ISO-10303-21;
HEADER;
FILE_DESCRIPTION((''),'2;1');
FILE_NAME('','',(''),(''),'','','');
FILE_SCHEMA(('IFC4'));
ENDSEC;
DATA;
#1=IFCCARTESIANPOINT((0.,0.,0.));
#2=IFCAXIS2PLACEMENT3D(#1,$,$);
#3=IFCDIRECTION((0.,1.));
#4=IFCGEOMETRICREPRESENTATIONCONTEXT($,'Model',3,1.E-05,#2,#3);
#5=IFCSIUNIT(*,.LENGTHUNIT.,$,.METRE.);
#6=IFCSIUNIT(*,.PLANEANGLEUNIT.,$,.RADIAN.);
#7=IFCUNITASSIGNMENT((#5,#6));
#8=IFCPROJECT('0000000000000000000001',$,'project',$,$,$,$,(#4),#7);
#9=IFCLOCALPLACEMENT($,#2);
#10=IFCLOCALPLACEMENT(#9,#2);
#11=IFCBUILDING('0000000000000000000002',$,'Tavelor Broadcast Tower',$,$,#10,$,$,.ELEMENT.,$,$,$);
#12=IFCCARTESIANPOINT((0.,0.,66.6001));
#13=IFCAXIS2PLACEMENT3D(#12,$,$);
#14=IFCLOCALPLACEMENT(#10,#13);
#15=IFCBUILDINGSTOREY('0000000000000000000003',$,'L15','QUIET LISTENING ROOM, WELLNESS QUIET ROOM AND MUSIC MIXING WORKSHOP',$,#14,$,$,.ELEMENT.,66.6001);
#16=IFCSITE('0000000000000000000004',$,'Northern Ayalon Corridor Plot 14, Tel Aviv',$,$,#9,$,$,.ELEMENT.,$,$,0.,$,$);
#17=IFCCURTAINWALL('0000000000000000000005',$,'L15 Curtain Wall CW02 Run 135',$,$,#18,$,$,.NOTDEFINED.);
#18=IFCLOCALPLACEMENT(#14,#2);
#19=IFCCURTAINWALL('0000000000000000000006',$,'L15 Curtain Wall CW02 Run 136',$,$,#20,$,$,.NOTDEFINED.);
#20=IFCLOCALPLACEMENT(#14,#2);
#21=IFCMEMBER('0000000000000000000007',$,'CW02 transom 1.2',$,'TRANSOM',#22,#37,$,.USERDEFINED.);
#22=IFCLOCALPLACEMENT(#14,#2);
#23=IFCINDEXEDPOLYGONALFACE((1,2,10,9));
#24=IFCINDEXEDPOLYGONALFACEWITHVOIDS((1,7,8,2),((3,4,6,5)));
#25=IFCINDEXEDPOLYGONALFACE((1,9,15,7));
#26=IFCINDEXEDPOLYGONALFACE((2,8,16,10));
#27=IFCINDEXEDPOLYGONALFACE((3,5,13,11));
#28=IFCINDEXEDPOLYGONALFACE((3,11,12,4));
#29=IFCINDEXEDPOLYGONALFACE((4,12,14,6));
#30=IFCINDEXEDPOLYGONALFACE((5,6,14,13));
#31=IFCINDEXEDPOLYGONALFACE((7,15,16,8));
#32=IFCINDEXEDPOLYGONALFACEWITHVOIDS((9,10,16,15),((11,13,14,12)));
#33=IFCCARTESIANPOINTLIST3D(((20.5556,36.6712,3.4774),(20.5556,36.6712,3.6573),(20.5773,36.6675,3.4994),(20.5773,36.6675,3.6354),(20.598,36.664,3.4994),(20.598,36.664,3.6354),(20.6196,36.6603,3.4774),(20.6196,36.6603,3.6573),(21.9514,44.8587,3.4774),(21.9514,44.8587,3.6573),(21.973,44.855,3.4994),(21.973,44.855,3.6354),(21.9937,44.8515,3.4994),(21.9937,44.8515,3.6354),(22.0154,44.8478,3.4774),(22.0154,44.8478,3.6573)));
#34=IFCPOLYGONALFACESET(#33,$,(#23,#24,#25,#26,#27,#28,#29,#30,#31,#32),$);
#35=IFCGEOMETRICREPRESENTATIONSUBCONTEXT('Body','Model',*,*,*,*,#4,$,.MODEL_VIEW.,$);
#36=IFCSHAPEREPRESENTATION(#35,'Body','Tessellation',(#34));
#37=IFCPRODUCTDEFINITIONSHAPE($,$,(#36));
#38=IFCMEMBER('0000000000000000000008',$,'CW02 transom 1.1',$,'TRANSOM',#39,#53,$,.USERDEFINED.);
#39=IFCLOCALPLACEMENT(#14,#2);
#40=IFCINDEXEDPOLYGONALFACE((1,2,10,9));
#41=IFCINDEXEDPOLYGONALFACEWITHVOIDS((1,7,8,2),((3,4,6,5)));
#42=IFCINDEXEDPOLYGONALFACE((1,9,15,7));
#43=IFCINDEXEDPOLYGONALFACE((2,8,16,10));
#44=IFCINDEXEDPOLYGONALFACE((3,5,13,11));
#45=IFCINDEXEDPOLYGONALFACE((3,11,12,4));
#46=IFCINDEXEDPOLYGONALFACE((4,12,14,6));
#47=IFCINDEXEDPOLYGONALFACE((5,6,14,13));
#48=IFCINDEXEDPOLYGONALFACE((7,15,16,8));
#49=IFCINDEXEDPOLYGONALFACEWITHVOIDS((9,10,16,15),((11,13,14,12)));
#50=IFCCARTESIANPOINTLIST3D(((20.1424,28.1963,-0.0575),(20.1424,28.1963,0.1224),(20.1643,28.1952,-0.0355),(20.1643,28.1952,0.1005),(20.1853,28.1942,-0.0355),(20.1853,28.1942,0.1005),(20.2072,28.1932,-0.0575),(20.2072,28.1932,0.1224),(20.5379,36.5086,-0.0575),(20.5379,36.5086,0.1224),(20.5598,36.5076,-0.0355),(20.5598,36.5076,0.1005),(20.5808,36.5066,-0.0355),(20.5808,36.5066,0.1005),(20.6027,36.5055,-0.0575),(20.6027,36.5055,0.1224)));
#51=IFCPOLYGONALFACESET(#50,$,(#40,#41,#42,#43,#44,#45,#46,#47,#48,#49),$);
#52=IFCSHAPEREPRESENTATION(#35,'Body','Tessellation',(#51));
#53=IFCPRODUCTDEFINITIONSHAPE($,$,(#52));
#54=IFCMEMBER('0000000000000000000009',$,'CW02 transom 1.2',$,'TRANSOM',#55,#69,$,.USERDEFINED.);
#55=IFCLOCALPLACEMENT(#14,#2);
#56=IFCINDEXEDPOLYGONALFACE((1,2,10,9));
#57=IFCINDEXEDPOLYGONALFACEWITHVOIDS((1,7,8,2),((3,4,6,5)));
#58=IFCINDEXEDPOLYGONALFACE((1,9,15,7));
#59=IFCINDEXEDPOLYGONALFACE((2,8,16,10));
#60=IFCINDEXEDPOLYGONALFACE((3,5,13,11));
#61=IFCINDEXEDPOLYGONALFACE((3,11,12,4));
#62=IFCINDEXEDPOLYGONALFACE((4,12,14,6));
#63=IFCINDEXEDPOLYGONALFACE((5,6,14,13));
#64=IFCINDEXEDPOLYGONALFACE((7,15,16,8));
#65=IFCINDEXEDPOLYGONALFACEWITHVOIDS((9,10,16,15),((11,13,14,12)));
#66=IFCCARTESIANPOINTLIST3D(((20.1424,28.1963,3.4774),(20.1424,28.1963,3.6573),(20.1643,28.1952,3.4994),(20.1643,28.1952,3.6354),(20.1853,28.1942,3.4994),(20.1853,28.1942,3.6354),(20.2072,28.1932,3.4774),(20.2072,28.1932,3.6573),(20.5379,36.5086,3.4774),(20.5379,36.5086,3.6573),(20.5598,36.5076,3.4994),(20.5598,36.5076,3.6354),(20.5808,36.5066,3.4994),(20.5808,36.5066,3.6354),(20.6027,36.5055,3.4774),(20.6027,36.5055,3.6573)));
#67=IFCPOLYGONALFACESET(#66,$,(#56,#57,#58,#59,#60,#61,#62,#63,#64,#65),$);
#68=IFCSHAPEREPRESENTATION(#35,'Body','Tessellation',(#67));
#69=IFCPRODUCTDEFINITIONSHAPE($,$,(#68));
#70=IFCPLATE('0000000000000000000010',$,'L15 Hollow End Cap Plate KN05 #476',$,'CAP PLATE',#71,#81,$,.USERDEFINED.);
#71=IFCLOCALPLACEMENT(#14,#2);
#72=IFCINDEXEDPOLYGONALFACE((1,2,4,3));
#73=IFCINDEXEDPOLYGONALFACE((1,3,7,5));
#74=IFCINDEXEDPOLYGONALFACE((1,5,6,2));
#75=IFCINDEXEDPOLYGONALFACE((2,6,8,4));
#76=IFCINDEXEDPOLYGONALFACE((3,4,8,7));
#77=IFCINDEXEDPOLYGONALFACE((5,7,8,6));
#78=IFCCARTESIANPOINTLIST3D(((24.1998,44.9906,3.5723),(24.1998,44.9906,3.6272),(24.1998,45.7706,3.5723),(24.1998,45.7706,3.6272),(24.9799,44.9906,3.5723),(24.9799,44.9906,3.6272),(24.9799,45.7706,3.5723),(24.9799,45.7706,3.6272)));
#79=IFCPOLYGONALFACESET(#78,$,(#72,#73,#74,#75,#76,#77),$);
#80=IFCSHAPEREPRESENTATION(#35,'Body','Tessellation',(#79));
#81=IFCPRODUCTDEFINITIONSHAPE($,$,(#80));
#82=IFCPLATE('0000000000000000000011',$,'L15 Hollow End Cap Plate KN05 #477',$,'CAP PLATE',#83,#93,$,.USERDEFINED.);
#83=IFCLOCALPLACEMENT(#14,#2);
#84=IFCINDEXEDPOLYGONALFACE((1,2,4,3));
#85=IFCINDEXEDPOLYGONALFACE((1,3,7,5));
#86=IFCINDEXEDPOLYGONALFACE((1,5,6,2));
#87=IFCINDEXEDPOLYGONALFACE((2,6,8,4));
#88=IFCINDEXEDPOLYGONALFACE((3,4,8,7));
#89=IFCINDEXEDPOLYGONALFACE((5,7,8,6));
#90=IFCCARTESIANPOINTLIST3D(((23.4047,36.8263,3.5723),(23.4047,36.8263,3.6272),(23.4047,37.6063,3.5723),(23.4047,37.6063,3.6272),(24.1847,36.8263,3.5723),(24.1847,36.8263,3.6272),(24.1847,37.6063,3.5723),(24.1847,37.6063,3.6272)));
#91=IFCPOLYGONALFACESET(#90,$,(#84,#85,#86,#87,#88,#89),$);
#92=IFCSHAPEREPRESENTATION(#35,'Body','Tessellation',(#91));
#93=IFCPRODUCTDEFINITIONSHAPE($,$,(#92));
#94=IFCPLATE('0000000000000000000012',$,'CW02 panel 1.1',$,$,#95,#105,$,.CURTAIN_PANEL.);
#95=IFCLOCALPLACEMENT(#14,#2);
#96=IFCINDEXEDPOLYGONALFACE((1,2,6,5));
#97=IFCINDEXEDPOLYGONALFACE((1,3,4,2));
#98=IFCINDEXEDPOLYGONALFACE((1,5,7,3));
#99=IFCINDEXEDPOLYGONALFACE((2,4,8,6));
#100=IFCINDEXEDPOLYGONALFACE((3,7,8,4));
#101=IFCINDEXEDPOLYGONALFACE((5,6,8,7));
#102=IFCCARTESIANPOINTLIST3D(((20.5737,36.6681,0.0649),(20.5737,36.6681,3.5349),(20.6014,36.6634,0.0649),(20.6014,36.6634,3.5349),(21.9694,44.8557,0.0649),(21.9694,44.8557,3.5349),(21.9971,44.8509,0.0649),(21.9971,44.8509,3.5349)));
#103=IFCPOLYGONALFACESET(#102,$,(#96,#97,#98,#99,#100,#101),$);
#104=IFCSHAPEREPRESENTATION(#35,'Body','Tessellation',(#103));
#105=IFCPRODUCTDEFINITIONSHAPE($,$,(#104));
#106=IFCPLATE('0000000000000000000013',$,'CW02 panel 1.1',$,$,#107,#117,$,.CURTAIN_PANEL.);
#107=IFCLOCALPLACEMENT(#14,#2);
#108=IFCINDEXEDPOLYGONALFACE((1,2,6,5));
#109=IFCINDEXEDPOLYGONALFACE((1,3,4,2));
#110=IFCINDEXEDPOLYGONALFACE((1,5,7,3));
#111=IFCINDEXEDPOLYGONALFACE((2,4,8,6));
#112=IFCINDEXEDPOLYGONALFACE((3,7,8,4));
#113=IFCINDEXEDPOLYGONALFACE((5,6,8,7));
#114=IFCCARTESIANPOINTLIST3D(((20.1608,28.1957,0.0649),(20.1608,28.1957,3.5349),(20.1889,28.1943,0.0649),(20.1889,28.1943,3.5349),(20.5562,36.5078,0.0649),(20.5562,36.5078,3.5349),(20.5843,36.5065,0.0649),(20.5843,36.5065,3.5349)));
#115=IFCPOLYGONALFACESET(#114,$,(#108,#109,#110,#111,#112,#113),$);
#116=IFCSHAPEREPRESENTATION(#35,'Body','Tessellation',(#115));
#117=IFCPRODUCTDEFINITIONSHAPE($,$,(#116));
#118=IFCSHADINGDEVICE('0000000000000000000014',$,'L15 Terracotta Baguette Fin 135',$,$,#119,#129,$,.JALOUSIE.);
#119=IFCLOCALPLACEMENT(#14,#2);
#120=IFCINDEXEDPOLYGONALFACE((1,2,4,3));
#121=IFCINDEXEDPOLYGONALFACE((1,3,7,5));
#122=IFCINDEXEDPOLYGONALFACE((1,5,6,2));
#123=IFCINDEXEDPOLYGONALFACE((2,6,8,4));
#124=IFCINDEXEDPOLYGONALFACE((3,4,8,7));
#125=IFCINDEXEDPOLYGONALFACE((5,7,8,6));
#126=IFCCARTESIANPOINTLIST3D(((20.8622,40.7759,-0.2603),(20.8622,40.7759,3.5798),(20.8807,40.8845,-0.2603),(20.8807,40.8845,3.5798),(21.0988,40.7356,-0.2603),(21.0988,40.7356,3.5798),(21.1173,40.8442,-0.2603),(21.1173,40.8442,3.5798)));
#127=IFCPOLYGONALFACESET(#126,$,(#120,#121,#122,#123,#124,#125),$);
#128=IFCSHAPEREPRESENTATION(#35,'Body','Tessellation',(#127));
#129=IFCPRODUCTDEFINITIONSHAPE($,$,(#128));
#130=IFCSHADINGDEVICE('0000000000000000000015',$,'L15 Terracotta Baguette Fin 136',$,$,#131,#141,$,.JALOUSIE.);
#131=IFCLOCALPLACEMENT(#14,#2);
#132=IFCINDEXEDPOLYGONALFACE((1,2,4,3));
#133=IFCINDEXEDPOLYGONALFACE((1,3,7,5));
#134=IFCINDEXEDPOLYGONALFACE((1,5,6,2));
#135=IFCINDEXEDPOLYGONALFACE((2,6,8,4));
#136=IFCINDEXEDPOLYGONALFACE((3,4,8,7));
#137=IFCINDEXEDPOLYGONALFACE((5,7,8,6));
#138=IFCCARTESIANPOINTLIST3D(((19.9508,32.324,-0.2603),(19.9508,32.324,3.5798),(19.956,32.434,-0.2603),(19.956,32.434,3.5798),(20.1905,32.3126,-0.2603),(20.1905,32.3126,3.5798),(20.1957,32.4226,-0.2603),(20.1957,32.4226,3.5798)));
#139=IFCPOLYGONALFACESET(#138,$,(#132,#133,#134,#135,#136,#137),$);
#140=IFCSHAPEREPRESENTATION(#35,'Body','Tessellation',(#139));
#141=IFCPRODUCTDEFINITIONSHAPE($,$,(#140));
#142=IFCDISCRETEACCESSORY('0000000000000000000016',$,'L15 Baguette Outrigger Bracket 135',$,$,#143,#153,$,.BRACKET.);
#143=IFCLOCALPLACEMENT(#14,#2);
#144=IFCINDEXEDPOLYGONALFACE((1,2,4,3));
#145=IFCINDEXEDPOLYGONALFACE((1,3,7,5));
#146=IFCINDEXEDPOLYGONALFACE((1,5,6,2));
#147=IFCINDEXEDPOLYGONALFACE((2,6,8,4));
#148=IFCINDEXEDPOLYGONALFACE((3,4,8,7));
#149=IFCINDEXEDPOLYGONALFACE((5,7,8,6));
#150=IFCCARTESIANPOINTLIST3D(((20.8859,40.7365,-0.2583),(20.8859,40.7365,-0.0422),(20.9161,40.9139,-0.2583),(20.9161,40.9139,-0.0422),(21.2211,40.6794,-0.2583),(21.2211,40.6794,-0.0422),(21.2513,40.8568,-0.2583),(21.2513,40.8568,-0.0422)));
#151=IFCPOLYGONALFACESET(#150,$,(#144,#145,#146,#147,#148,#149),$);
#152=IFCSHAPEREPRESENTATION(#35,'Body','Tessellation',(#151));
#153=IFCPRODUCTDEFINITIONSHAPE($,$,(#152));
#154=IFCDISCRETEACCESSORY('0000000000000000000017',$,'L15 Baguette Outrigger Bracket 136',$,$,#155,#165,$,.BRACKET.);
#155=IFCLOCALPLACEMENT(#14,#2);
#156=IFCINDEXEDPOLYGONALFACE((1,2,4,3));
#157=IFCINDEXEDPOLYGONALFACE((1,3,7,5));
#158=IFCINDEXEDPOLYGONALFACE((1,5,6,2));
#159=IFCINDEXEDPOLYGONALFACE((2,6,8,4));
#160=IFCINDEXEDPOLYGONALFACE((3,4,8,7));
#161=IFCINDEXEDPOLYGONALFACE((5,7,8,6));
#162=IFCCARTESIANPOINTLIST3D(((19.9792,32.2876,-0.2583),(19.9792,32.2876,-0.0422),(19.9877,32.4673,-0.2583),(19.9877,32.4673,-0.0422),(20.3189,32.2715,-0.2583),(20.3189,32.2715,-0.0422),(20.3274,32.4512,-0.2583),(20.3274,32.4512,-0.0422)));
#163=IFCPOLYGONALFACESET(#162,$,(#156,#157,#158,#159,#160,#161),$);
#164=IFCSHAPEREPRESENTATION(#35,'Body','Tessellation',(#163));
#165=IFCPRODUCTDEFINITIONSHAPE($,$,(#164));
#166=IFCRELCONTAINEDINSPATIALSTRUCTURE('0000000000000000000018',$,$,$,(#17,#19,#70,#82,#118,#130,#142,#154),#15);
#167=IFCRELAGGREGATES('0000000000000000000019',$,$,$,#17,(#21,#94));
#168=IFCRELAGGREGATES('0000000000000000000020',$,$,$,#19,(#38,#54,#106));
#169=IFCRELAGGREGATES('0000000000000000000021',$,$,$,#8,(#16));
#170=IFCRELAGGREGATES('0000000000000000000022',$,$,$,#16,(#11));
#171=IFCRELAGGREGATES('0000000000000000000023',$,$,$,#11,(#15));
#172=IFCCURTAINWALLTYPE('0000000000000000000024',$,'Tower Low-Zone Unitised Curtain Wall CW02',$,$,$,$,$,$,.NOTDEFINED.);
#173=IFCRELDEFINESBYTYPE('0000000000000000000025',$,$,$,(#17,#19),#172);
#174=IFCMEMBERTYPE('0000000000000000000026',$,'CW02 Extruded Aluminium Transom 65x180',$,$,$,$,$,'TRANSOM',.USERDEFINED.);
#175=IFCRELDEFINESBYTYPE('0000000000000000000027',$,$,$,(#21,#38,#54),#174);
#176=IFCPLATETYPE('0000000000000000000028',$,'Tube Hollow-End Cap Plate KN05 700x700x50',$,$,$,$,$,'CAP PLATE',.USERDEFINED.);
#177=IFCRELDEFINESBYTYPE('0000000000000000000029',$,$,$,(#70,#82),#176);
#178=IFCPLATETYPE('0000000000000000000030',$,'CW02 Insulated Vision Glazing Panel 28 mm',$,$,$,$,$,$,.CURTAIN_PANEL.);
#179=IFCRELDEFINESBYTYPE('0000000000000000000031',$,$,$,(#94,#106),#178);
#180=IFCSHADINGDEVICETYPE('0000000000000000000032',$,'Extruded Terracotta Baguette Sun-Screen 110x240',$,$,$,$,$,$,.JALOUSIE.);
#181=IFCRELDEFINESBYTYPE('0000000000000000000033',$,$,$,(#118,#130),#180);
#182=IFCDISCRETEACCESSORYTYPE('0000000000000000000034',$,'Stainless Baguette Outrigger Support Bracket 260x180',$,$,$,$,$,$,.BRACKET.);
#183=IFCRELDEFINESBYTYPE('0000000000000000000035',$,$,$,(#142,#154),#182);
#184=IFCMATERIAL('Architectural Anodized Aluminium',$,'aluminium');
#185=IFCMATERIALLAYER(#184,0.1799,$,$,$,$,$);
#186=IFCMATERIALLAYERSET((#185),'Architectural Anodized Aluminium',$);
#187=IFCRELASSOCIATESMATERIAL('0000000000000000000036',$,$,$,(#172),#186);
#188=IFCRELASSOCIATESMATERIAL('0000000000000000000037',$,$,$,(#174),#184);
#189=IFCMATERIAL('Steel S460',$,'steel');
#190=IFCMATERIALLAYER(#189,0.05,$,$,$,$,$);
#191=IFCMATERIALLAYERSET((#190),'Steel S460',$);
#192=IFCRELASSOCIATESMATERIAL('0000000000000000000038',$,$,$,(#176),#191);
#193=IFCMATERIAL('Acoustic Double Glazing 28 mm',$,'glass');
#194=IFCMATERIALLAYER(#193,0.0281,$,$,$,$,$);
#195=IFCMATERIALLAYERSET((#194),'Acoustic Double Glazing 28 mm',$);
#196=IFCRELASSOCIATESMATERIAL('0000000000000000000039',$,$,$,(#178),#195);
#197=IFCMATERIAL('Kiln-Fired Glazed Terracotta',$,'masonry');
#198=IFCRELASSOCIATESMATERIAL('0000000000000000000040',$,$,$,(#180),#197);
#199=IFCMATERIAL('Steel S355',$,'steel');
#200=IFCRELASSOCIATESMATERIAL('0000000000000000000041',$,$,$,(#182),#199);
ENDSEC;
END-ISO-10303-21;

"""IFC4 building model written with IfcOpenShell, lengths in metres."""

from ifc_helpers import new_model, si_unit, direction, frame, origin, origin_2d, place, context, subcontext, project, spatial, rectangle, hollow_rectangle, extrude, source, transform, mapped, material, layer, layer_set, material_profile, profile_set, type_object, type_shapes, element, aggregate, save


model = new_model("IFC4")

# Units and contexts
model_context = context("Model", 3, precision=1e-05, world=origin(), true_north=direction((0.0, 1.0)))
body_context = subcontext(model_context, "Body", "Model", "MODEL_VIEW")
ifc_project = project(units=[si_unit("LENGTHUNIT", "METRE"), si_unit("PLANEANGLEUNIT", "RADIAN")], contexts=[model_context])

# Site, building, storey
site_placement = place(None, origin())
site = spatial("IfcSite", under=ifc_project, at=site_placement, Name="Northern Ayalon Corridor Plot 14, Tel Aviv", CompositionType="ELEMENT", RefElevation=0.0)
building_placement = place(site_placement, origin())
building = spatial("IfcBuilding", under=site, at=building_placement, Name="Tavelor Broadcast Tower", CompositionType="ELEMENT")
storey_placement = place(building_placement, frame((0.0, 0.0, 66.6001)))
storey = spatial("IfcBuildingStorey", under=building, at=storey_placement, Name="L15", Description="QUIET LISTENING ROOM, WELLNESS QUIET ROOM AND MUSIC MIXING WORKSHOP", CompositionType="ELEMENT", Elevation=66.6001)

# Shared definitions
ifc_material_1 = material(Name="Steel S460", Category="steel")

# Shared definitions
ifc_material_2 = material(Name="Steel S355", Category="steel")

# Shared definitions
ifc_material_3 = material(Name="Architectural Anodized Aluminium", Category="aluminium")
ifc_layer_1 = layer(ifc_material_3, 0.1799)
ifc_layer_set_1 = layer_set([ifc_layer_1], Name="Architectural Anodized Aluminium")
curtain_wall_type = type_object("IfcCurtainWallType", Name="Tower Low-Zone Unitised Curtain Wall CW02", PredefinedType="NOTDEFINED", material=ifc_layer_set_1)

# Curtain walls
curtain_wall_1_placement = place(storey_placement, origin())
curtain_wall_1 = element("IfcCurtainWall", 1, at=curtain_wall_1_placement, inside=storey, type_object=curtain_wall_type, Name="L15 Curtain Wall CW02 Run 135", PredefinedType="NOTDEFINED")
curtain_wall_2_placement = place(storey_placement, origin())
curtain_wall_2 = element("IfcCurtainWall", 2, at=curtain_wall_2_placement, inside=storey, type_object=curtain_wall_type, Name="L15 Curtain Wall CW02 Run 136", PredefinedType="NOTDEFINED")

# Members
ifc_material_profile_1 = material_profile(ifc_material_3, hollow_rectangle(XDim=0.0649, YDim=0.1799, WallThickness=0.022, at=origin_2d()), Name="RHS 65x180x22")
ifc_profile_set_1 = profile_set([ifc_material_profile_1], Name="Architectural Anodized Aluminium")
member_type_1 = type_object("IfcMemberType", Name="CW02 Extruded Aluminium Transom 65x180", ElementType="TRANSOM", PredefinedType="USERDEFINED", material=ifc_profile_set_1)
shared_shape_1 = source(origin(), body_context, "Body", "SweptSolid", [
    extrude(hollow_rectangle(XDim=0.0649, YDim=0.1799, WallThickness=0.022, at=origin_2d()), origin(), (0.0, 0.0, 1.0), 8.3057),
])
member_1_placement = place(storey_placement, frame((21.9834, 44.8533, 3.5674), z_axis=(-0.168049, -0.985779, 0.0), x_axis=(0.985779, -0.168049, 0.0)))
member_1 = element("IfcMember", 3, at=member_1_placement, type_object=member_type_1, Name="CW02 transom 1.2", ObjectType="TRANSOM", PredefinedType="USERDEFINED", context=body_context, shape_type="MappedRepresentation", body=[
    mapped(shared_shape_1, transform((0.0, 0.0, 0.0), scale=1.0)),
])
shared_shape_2 = source(origin(), body_context, "Body", "SweptSolid", [
    extrude(hollow_rectangle(XDim=0.0649, YDim=0.1799, WallThickness=0.022, at=origin_2d()), origin(), (0.0, 0.0, 1.0), 8.3218),
])
type_shapes(member_type_1, [shared_shape_1, shared_shape_2])
member_2_placement = place(storey_placement, frame((20.5703, 36.5071, 0.0325), z_axis=(-0.047528, -0.99887, 0.0), x_axis=(0.99887, -0.047528, 0.0)))
member_2 = element("IfcMember", 4, at=member_2_placement, type_object=member_type_1, Name="CW02 transom 1.1", ObjectType="TRANSOM", PredefinedType="USERDEFINED", context=body_context, shape_type="MappedRepresentation", body=[
    mapped(shared_shape_2, transform((0.0, 0.0, 0.0), scale=1.0)),
])
member_3_placement = place(storey_placement, frame((20.5703, 36.5071, 3.5674), z_axis=(-0.047528, -0.99887, 0.0), x_axis=(0.99887, -0.047528, 0.0)))
member_3 = element("IfcMember", 5, at=member_3_placement, type_object=member_type_1, Name="CW02 transom 1.2", ObjectType="TRANSOM", PredefinedType="USERDEFINED", context=body_context, shape_type="MappedRepresentation", body=[
    mapped(shared_shape_2, transform((0.0, 0.0, 0.0), scale=1.0)),
])

# Plates
ifc_layer_2 = layer(ifc_material_1, 0.05)
ifc_layer_set_2 = layer_set([ifc_layer_2], Name="Steel S460")
plate_type_1 = type_object("IfcPlateType", Name="Tube Hollow-End Cap Plate KN05 700x700x50", ElementType="CAP PLATE", PredefinedType="USERDEFINED", material=ifc_layer_set_2)
shared_shape_3 = source(origin(), body_context, "Body", "SweptSolid", [
    extrude(rectangle(XDim=0.78, YDim=0.78, at=origin_2d()), origin(), (0.0, 0.0, 1.0), 0.0549),
])
type_shapes(plate_type_1, [shared_shape_3])
for number, where, z_axis, x_axis, name in (
    (6, (24.5898, 45.3806, 3.5723), (0.0, 0.0, 1.0), (1.0, 0.0, 0.0), "L15 Hollow End Cap Plate KN05 #476"),
    (7, (23.7947, 37.2163, 3.5723), (0.0, 0.0, 1.0), (1.0, 0.0, 0.0), "L15 Hollow End Cap Plate KN05 #477"),
):
    element("IfcPlate", number, at=place(storey_placement, frame(where, z_axis=z_axis, x_axis=x_axis)), inside=storey, type_object=plate_type_1, Name=name, ObjectType="CAP PLATE", PredefinedType="USERDEFINED", context=body_context, shape_type="MappedRepresentation", body=[
        mapped(shared_shape_3, transform((0.0, 0.0, 0.0), scale=1.0)),
    ])

# Plates
ifc_material_4 = material(Name="Acoustic Double Glazing 28 mm", Category="glass")
ifc_layer_3 = layer(ifc_material_4, 0.0281)
ifc_layer_set_3 = layer_set([ifc_layer_3], Name="Acoustic Double Glazing 28 mm")
plate_type_2 = type_object("IfcPlateType", Name="CW02 Insulated Vision Glazing Panel 28 mm", PredefinedType="CURTAIN_PANEL", material=ifc_layer_set_3)
shared_shape_4 = source(origin(), body_context, "Body", "SweptSolid", [
    extrude(rectangle(XDim=8.3057, YDim=0.0281, at=origin_2d()), origin(), (0.0, 0.0, 1.0), 3.47),
])
plate_1_placement = place(storey_placement, frame((21.2854, 40.7595, 0.0649), z_axis=(0.0, 0.0, 1.0), x_axis=(-0.16805, -0.985778, 0.0)))
plate_1 = element("IfcPlate", 8, at=plate_1_placement, type_object=plate_type_2, Name="CW02 panel 1.1", PredefinedType="CURTAIN_PANEL", context=body_context, shape_type="MappedRepresentation", body=[
    mapped(shared_shape_4, transform((0.0, 0.0, 0.0), scale=1.0)),
])
aggregate(curtain_wall_1, [member_1, plate_1])
shared_shape_5 = source(origin(), body_context, "Body", "SweptSolid", [
    extrude(rectangle(XDim=8.3215, YDim=0.0281, at=origin_2d()), origin(), (0.0, 0.0, 1.0), 3.47),
])
type_shapes(plate_type_2, [shared_shape_4, shared_shape_5])
plate_2_placement = place(storey_placement, frame((20.3726, 32.3511, 0.0649), z_axis=(0.0, 0.0, 1.0), x_axis=(-0.047517, -0.99887, 0.0)))
plate_2 = element("IfcPlate", 9, at=plate_2_placement, type_object=plate_type_2, Name="CW02 panel 1.1", PredefinedType="CURTAIN_PANEL", context=body_context, shape_type="MappedRepresentation", body=[
    mapped(shared_shape_5, transform((0.0, 0.0, 0.0), scale=1.0)),
])
aggregate(curtain_wall_2, [member_2, member_3, plate_2])

# Shading devices
ifc_material_5 = material(Name="Kiln-Fired Glazed Terracotta", Category="masonry")
shading_device_type = type_object("IfcShadingDeviceType", Name="Extruded Terracotta Baguette Sun-Screen 110x240", PredefinedType="JALOUSIE", material=ifc_material_5)
shared_shape_6 = source(origin(), body_context, "Body", "SweptSolid", [
    extrude(rectangle(XDim=0.1101, YDim=0.24, at=origin_2d()), origin(), (0.0, 0.0, 1.0), 3.8401),
])
type_shapes(shading_device_type, [shared_shape_6])
for number, where, z_axis, x_axis, name in (
    (10, (20.9897, 40.8101, -0.2603), (0.0, 0.0, 1.0), (-0.167973, -0.985792, 0.0), "L15 Terracotta Baguette Fin 135"),
    (11, (20.0732, 32.3733, -0.2603), (0.0, 0.0, 1.0), (-0.047455, -0.998873, 0.0), "L15 Terracotta Baguette Fin 136"),
):
    element("IfcShadingDevice", number, at=place(storey_placement, frame(where, z_axis=z_axis, x_axis=x_axis)), inside=storey, type_object=shading_device_type, Name=name, PredefinedType="JALOUSIE", context=body_context, shape_type="MappedRepresentation", body=[
        mapped(shared_shape_6, transform((0.0, 0.0, 0.0), scale=1.0)),
    ])

# Discrete accessories
discrete_accessory_type = type_object("IfcDiscreteAccessoryType", Name="Stainless Baguette Outrigger Support Bracket 260x180", PredefinedType="BRACKET", material=ifc_material_2)
shared_shape_7 = source(origin(), body_context, "Body", "SweptSolid", [
    extrude(rectangle(XDim=0.1799, YDim=0.3401, at=origin_2d()), origin(), (0.0, 0.0, 1.0), 0.2161),
])
type_shapes(discrete_accessory_type, [shared_shape_7])
for number, where, z_axis, x_axis, name in (
    (12, (21.0686, 40.7966, -0.2583), (0.0, 0.0, 1.0), (-0.167973, -0.985792, 0.0), "L15 Baguette Outrigger Bracket 135"),
    (13, (20.1533, 32.3694, -0.2583), (0.0, 0.0, 1.0), (-0.047455, -0.998873, 0.0), "L15 Baguette Outrigger Bracket 136"),
):
    element("IfcDiscreteAccessory", number, at=place(storey_placement, frame(where, z_axis=z_axis, x_axis=x_axis)), inside=storey, type_object=discrete_accessory_type, Name=name, PredefinedType="BRACKET", context=body_context, shape_type="MappedRepresentation", body=[
        mapped(shared_shape_7, transform((0.0, 0.0, 0.0), scale=1.0)),
    ])

save(model, "model.ifc")
